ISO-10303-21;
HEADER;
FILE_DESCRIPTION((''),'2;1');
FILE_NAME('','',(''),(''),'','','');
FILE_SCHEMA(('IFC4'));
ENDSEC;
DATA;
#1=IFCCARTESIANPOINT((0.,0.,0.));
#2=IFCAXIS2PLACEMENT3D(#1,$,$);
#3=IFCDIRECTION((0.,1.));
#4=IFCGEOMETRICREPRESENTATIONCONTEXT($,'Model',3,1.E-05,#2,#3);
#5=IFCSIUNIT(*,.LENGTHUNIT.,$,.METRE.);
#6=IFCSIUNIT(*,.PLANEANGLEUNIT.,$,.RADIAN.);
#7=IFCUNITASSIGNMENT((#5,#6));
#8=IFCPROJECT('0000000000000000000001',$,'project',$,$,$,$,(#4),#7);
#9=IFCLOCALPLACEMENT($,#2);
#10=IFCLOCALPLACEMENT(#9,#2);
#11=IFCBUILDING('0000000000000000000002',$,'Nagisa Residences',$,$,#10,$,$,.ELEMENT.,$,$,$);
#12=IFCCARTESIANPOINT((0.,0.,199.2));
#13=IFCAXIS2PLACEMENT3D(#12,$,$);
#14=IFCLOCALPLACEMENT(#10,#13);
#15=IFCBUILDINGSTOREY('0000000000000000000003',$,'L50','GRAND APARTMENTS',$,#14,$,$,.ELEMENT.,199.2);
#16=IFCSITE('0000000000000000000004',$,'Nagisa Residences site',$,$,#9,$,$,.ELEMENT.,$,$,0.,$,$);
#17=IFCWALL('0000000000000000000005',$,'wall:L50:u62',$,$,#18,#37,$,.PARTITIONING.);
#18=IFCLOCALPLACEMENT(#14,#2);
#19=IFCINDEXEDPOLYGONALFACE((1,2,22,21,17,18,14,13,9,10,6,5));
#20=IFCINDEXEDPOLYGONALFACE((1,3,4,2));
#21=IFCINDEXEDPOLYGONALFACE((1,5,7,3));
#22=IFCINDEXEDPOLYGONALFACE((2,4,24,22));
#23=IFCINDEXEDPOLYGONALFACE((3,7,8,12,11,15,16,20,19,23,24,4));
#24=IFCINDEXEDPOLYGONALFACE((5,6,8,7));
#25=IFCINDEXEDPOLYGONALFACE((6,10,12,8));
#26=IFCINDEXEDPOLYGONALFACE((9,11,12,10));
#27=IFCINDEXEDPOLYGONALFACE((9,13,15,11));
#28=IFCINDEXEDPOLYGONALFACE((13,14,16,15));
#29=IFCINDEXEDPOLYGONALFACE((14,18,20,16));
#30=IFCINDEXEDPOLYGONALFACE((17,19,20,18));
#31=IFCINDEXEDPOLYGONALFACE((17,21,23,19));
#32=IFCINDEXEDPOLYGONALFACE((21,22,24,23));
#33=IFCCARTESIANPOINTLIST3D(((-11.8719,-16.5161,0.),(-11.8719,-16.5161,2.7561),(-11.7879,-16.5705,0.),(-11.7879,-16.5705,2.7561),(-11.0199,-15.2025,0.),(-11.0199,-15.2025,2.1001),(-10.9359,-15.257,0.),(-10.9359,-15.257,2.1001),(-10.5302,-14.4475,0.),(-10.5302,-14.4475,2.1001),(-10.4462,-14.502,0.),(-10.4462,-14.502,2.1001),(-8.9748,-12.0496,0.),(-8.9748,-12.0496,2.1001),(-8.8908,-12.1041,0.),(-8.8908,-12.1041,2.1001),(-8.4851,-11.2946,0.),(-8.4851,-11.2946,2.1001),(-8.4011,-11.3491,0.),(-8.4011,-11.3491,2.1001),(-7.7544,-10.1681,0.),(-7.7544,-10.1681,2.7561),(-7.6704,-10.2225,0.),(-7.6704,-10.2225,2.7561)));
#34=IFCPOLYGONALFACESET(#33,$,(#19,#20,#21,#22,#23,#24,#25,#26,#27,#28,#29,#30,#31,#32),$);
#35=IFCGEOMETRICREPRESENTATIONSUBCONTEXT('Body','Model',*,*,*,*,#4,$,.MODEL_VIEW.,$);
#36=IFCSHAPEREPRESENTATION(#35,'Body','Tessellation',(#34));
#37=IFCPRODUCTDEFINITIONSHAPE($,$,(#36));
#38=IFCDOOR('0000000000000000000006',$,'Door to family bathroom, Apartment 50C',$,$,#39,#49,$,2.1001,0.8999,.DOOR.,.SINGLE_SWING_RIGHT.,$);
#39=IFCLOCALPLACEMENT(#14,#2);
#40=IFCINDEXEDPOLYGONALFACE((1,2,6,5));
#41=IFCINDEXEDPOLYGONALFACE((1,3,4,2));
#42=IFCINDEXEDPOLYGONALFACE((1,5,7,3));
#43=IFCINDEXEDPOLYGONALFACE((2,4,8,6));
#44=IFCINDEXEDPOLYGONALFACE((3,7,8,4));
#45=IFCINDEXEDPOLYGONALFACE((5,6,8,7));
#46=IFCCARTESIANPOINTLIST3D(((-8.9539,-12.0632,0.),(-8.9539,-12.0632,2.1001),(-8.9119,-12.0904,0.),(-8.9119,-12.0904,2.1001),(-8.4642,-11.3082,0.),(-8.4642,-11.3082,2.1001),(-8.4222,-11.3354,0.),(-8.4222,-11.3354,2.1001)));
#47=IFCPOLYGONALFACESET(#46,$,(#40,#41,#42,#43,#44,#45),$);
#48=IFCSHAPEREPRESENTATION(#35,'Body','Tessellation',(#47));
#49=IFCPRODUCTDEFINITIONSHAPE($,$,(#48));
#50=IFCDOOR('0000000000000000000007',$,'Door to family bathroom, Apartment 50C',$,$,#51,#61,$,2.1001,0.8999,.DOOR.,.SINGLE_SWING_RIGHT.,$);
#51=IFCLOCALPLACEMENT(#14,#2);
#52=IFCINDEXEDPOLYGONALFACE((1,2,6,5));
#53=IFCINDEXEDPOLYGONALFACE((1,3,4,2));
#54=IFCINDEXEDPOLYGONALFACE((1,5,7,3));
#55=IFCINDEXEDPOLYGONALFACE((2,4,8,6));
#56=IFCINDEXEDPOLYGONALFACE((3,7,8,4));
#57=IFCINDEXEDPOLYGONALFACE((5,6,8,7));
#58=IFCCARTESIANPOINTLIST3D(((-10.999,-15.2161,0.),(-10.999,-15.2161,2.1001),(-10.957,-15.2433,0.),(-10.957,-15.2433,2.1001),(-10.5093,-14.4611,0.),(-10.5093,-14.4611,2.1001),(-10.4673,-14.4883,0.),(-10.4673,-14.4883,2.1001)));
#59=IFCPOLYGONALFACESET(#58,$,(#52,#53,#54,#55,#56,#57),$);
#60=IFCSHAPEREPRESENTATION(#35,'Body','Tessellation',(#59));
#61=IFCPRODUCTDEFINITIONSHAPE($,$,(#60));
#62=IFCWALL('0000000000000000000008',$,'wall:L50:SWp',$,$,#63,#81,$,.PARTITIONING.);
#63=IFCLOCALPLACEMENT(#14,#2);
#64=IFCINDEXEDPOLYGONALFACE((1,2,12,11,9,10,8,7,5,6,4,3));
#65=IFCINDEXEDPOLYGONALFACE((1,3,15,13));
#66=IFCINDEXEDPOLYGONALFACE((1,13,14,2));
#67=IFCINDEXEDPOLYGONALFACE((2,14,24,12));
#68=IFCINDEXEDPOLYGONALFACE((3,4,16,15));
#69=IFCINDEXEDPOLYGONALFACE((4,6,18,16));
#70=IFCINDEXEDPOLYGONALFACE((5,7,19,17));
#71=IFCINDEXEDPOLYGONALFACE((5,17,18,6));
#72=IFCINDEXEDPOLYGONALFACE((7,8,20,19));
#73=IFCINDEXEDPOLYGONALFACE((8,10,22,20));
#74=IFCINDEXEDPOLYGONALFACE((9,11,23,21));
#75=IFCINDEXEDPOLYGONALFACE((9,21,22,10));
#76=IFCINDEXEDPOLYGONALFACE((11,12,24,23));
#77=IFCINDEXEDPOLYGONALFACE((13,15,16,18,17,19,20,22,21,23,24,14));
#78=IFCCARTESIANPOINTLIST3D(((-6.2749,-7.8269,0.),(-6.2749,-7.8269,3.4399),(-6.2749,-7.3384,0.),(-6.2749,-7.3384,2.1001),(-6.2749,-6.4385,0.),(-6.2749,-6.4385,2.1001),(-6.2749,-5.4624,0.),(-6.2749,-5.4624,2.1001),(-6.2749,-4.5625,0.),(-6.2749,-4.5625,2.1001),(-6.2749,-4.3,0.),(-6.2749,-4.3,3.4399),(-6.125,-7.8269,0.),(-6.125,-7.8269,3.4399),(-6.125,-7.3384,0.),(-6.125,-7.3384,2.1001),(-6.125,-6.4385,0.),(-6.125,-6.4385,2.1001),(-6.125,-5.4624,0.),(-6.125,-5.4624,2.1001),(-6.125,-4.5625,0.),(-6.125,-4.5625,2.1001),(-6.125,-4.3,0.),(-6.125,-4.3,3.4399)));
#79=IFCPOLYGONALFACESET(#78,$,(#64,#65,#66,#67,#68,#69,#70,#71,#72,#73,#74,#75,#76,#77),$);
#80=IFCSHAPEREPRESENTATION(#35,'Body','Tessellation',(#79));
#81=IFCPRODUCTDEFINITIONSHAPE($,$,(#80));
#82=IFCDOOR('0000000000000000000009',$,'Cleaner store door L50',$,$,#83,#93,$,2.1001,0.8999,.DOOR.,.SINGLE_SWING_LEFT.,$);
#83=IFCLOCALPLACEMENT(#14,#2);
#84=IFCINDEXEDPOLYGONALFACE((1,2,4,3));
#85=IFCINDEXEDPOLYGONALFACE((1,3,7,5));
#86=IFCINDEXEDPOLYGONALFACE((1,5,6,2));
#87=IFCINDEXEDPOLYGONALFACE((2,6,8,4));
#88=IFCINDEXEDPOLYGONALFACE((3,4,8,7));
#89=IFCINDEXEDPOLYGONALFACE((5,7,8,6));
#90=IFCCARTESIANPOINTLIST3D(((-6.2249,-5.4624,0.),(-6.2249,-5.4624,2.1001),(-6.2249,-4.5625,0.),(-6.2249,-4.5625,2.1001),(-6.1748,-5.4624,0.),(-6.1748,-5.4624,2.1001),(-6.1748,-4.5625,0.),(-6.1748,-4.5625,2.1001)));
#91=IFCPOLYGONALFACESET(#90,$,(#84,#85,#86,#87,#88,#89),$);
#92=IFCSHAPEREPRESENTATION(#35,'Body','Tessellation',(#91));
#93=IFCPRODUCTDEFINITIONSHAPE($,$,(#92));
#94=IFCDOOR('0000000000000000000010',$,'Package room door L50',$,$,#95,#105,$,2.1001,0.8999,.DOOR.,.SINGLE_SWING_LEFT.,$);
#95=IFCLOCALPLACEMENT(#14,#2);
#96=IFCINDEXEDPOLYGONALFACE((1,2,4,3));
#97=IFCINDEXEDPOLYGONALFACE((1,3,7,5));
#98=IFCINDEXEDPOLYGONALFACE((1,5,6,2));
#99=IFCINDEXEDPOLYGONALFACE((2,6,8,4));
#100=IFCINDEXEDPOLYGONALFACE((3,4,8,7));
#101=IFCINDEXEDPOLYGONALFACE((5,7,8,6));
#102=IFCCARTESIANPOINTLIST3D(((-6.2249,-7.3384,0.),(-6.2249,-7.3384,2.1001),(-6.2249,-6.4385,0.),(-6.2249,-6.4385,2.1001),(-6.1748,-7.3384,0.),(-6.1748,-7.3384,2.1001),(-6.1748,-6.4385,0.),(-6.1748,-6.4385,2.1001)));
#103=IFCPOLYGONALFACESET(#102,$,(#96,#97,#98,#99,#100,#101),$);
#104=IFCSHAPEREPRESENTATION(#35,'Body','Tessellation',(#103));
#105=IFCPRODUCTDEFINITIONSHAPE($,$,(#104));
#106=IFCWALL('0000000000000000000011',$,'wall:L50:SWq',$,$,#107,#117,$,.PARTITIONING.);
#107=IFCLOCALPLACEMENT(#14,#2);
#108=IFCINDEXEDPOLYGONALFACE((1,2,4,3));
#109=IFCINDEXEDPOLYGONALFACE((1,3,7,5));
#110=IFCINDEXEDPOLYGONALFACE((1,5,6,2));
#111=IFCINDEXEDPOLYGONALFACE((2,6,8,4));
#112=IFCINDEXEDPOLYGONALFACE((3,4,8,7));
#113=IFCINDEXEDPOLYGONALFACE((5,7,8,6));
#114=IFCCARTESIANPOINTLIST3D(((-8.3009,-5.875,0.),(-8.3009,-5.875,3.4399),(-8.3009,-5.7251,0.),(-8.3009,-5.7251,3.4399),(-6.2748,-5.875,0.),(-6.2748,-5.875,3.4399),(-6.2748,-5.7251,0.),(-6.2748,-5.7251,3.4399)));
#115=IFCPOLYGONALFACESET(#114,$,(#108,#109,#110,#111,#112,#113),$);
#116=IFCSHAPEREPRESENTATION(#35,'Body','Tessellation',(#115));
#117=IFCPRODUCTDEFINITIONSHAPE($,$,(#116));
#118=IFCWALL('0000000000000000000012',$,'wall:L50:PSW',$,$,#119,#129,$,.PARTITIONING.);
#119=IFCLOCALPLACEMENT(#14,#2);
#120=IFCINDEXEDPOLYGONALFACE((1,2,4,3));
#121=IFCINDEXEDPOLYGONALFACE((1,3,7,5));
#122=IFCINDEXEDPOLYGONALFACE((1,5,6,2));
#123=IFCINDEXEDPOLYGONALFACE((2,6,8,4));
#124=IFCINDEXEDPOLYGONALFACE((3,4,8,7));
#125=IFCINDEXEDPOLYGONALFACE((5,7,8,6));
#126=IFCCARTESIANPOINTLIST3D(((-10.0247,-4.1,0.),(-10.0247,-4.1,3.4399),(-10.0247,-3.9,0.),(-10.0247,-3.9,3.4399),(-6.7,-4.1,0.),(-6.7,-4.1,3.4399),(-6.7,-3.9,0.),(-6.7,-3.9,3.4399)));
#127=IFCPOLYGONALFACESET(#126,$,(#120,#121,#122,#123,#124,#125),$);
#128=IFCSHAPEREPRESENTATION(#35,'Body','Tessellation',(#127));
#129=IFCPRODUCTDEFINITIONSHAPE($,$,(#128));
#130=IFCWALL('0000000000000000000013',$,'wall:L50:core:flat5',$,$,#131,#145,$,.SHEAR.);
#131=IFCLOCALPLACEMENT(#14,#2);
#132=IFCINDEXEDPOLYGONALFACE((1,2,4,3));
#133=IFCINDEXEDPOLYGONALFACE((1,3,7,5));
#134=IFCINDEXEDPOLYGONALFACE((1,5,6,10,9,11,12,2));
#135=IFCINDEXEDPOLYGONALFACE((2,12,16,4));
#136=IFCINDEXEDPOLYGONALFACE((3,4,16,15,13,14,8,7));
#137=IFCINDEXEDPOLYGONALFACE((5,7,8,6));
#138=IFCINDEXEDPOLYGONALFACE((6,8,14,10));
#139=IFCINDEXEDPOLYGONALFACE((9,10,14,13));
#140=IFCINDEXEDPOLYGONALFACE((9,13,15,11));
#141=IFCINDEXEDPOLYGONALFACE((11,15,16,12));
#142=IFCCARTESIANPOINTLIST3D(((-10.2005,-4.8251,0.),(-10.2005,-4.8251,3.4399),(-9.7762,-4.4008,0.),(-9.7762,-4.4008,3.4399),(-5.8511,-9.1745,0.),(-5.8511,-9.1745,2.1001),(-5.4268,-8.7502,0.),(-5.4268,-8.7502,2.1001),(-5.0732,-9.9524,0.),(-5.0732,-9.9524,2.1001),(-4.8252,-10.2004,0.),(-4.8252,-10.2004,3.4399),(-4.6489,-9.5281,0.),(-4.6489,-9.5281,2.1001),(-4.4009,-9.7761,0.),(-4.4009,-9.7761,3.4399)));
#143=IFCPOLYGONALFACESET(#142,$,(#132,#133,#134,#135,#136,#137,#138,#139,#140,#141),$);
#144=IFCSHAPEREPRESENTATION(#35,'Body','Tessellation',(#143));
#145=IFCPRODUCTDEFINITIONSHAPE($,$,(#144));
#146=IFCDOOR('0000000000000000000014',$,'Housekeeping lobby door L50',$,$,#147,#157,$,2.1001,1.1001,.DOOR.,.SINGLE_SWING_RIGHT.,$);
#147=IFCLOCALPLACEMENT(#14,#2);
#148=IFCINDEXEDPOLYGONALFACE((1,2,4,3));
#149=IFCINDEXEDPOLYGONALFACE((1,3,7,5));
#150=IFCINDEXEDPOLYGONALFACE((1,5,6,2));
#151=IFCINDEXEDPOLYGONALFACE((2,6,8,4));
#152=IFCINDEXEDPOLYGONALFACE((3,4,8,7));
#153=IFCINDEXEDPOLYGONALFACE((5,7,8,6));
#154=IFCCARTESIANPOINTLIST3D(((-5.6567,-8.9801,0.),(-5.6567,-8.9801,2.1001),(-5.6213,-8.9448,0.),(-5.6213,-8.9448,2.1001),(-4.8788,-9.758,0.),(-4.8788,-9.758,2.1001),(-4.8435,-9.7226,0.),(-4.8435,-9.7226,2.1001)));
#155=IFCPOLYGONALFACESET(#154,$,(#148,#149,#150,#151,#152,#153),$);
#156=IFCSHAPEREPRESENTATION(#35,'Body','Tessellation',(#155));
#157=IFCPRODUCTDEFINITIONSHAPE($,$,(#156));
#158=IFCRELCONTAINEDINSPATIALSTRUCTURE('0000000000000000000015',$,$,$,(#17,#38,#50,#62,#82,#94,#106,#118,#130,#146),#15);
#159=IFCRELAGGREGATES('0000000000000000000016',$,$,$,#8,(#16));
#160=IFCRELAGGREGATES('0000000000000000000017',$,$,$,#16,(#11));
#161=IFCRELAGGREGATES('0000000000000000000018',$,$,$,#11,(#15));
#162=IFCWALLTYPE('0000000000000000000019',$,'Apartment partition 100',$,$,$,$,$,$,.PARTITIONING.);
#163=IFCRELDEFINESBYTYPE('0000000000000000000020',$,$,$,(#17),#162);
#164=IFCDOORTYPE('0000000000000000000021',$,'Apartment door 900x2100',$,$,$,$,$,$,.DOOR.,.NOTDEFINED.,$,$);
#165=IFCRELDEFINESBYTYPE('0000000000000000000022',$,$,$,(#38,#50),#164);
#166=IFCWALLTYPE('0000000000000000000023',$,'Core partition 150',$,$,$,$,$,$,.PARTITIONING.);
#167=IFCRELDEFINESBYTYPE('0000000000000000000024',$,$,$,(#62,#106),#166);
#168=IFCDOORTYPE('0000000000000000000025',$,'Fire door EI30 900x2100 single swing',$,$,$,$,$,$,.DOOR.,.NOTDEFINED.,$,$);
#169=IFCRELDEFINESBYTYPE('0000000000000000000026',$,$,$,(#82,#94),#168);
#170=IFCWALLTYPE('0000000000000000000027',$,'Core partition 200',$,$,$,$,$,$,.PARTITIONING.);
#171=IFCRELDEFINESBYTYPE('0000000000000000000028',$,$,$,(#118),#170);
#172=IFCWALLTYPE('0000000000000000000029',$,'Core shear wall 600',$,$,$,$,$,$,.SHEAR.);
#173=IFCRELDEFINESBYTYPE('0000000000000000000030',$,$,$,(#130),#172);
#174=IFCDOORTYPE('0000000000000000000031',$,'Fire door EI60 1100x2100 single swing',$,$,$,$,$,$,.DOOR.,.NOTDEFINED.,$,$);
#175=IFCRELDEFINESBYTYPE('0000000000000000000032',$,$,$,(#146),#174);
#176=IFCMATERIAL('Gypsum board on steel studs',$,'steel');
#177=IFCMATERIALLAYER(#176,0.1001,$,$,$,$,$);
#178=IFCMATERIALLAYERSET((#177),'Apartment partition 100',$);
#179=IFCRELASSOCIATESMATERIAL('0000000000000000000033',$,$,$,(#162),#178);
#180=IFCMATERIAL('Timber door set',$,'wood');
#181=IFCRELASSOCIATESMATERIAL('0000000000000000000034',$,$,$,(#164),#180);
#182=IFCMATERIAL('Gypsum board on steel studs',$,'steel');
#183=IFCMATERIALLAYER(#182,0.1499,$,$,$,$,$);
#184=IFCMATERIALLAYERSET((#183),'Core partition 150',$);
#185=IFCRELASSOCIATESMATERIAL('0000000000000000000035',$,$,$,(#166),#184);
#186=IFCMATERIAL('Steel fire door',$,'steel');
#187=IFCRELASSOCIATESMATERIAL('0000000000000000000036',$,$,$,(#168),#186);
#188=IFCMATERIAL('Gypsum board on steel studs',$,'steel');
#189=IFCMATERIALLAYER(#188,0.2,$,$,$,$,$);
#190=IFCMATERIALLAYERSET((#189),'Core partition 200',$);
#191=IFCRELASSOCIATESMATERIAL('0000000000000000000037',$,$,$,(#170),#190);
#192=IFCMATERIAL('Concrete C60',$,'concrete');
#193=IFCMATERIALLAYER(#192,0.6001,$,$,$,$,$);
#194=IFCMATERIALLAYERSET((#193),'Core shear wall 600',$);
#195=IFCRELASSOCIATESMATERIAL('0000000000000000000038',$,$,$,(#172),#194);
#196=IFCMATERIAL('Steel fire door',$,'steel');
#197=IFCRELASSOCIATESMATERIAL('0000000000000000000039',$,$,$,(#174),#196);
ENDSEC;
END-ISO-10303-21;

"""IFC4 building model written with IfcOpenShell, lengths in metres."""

from ifc_helpers import new_model, si_unit, direction, frame, frame_2d, origin, place, context, subcontext, project, spatial, rectangle, extrude, material, layer, layer_set, type_object, element, fill, save


model = new_model("IFC4")

# Units and contexts
model_context = context("Model", 3, precision=1e-05, world=origin(), true_north=direction((0.0, 1.0)))
body_context = subcontext(model_context, "Body", "Model", "MODEL_VIEW")
ifc_project = project(units=[si_unit("LENGTHUNIT", "METRE"), si_unit("PLANEANGLEUNIT", "RADIAN")], contexts=[model_context])

# Site, building, storey
site_placement = place(None, origin())
site = spatial("IfcSite", under=ifc_project, at=site_placement, Name="Nagisa Residences site", CompositionType="ELEMENT", RefElevation=0.0)
building_placement = place(site_placement, origin())
building = spatial("IfcBuilding", under=site, at=building_placement, Name="Nagisa Residences", CompositionType="ELEMENT")
storey_placement = place(building_placement, frame((0.0, 0.0, 199.2)))
storey = spatial("IfcBuildingStorey", under=building, at=storey_placement, Name="L50", Description="GRAND APARTMENTS", CompositionType="ELEMENT", Elevation=199.2)

# Walls, openings, doors
ifc_material_1 = material(Name="Gypsum board on steel studs", Category="steel")
ifc_layer_1 = layer(ifc_material_1, 0.1001)
ifc_layer_set_1 = layer_set([ifc_layer_1], Name="Apartment partition 100")
wall_type_1 = type_object("IfcWallType", Name="Apartment partition 100", PredefinedType="PARTITIONING", material=ifc_layer_set_1)
wall_1_placement = place(storey_placement, frame((-7.7124, -10.1953, 0.0), z_axis=(0.0, 0.0, 1.0), x_axis=(-0.544179, -0.838969, 0.0)))
wall_1 = element("IfcWall", 1, at=wall_1_placement, inside=storey, type_object=wall_type_1, Name="wall:L50:u62", PredefinedType="PARTITIONING", context=body_context, shape_type="SweptSolid", body=[
    extrude(rectangle(XDim=7.5664, YDim=0.1001, at=frame_2d((3.7832, 0.0))), origin(), (0.0, 0.0, 1.0), 2.7561),
])
opening_1_placement = place(wall_1_placement, frame((1.3428, 0.0, 0.0)))
opening_1 = element("IfcOpeningElement", 2, at=opening_1_placement, cuts=wall_1, PredefinedType="OPENING", context=body_context, shape_type="SweptSolid", body=[
    extrude(rectangle(XDim=0.8999, YDim=2.1001, at=frame_2d((0.45, 1.05))), frame((0.0, 0.0601, 0.0), z_axis=(0.0, -1.0, 0.0), x_axis=(1.0, 0.0, 0.0)), (0.0, 0.0, 1.0), 0.1201),
])
opening_2_placement = place(wall_1_placement, frame((5.1008, 0.0, 0.0)))
opening_2 = element("IfcOpeningElement", 3, at=opening_2_placement, cuts=wall_1, PredefinedType="OPENING", context=body_context, shape_type="SweptSolid", body=[
    extrude(rectangle(XDim=0.8999, YDim=2.1001, at=frame_2d((0.45, 1.05))), frame((0.0, 0.0601, 0.0), z_axis=(0.0, -1.0, 0.0), x_axis=(1.0, 0.0, 0.0)), (0.0, 0.0, 1.0), 0.1201),
])
ifc_material_2 = material(Name="Timber door set", Category="wood")
door_type_1 = type_object("IfcDoorType", Name="Apartment door 900x2100", OperationType="NOTDEFINED", PredefinedType="DOOR", material=ifc_material_2)
door_1_placement = place(opening_1_placement, origin())
door_1 = element("IfcDoor", 4, at=door_1_placement, inside=storey, type_object=door_type_1, Name="Door to family bathroom, Apartment 50C", OperationType="SINGLE_SWING_RIGHT", OverallHeight=2.1001, OverallWidth=0.8999, PredefinedType="DOOR", context=body_context, shape_type="SweptSolid", body=[
    extrude(rectangle(XDim=0.8999, YDim=2.1001, at=frame_2d((0.45, 1.05))), frame((0.0, 0.0249, 0.0), z_axis=(0.0, -1.0, 0.0), x_axis=(1.0, 0.0, 0.0)), (0.0, 0.0, 1.0), 0.05),
])
fill(opening_1, door_1)
door_2_placement = place(opening_2_placement, origin())
door_2 = element("IfcDoor", 5, at=door_2_placement, inside=storey, type_object=door_type_1, Name="Door to family bathroom, Apartment 50C", OperationType="SINGLE_SWING_RIGHT", OverallHeight=2.1001, OverallWidth=0.8999, PredefinedType="DOOR", context=body_context, shape_type="SweptSolid", body=[
    extrude(rectangle(XDim=0.8999, YDim=2.1001, at=frame_2d((0.45, 1.05))), frame((0.0, 0.0249, 0.0), z_axis=(0.0, -1.0, 0.0), x_axis=(1.0, 0.0, 0.0)), (0.0, 0.0, 1.0), 0.05),
])
fill(opening_2, door_2)
ifc_material_3 = material(Name="Gypsum board on steel studs", Category="steel")
ifc_layer_2 = layer(ifc_material_3, 0.1499)
ifc_layer_set_2 = layer_set([ifc_layer_2], Name="Core partition 150")
wall_type_2 = type_object("IfcWallType", Name="Core partition 150", PredefinedType="PARTITIONING", material=ifc_layer_set_2)
wall_2_placement = place(storey_placement, frame((-6.2, -7.8269, 0.0), z_axis=(0.0, 0.0, 1.0), x_axis=(0.0, 1.0, 0.0)))
wall_2 = element("IfcWall", 6, at=wall_2_placement, inside=storey, type_object=wall_type_2, Name="wall:L50:SWp", PredefinedType="PARTITIONING", context=body_context, shape_type="SweptSolid", body=[
    extrude(rectangle(XDim=3.5269, YDim=0.1499, at=frame_2d((1.7634, 0.0))), origin(), (0.0, 0.0, 1.0), 3.4399),
])
opening_3_placement = place(wall_2_placement, frame((2.3645, 0.0, 0.0)))
opening_3 = element("IfcOpeningElement", 7, at=opening_3_placement, cuts=wall_2, PredefinedType="OPENING", context=body_context, shape_type="SweptSolid", body=[
    extrude(rectangle(XDim=0.8999, YDim=2.1001, at=frame_2d((0.45, 1.05))), frame((0.0, 0.085, 0.0), z_axis=(0.0, -1.0, 0.0), x_axis=(1.0, 0.0, 0.0)), (0.0, 0.0, 1.0), 0.1699),
])
opening_4_placement = place(wall_2_placement, frame((0.4885, 0.0, 0.0)))
opening_4 = element("IfcOpeningElement", 8, at=opening_4_placement, cuts=wall_2, PredefinedType="OPENING", context=body_context, shape_type="SweptSolid", body=[
    extrude(rectangle(XDim=0.8999, YDim=2.1001, at=frame_2d((0.45, 1.05))), frame((0.0, 0.085, 0.0), z_axis=(0.0, -1.0, 0.0), x_axis=(1.0, 0.0, 0.0)), (0.0, 0.0, 1.0), 0.1699),
])
ifc_material_4 = material(Name="Steel fire door", Category="steel")
door_type_2 = type_object("IfcDoorType", Name="Fire door EI30 900x2100 single swing", OperationType="NOTDEFINED", PredefinedType="DOOR", material=ifc_material_4)
door_3_placement = place(opening_3_placement, origin())
door_3 = element("IfcDoor", 9, at=door_3_placement, inside=storey, type_object=door_type_2, Name="Cleaner store door L50", OperationType="SINGLE_SWING_LEFT", OverallHeight=2.1001, OverallWidth=0.8999, PredefinedType="DOOR", context=body_context, shape_type="SweptSolid", body=[
    extrude(rectangle(XDim=0.8999, YDim=2.1001, at=frame_2d((0.45, 1.05))), frame((0.0, 0.0249, 0.0), z_axis=(0.0, -1.0, 0.0), x_axis=(1.0, 0.0, 0.0)), (0.0, 0.0, 1.0), 0.05),
])
fill(opening_3, door_3)
door_4_placement = place(opening_4_placement, origin())
door_4 = element("IfcDoor", 10, at=door_4_placement, inside=storey, type_object=door_type_2, Name="Package room door L50", OperationType="SINGLE_SWING_LEFT", OverallHeight=2.1001, OverallWidth=0.8999, PredefinedType="DOOR", context=body_context, shape_type="SweptSolid", body=[
    extrude(rectangle(XDim=0.8999, YDim=2.1001, at=frame_2d((0.45, 1.05))), frame((0.0, 0.0249, 0.0), z_axis=(0.0, -1.0, 0.0), x_axis=(1.0, 0.0, 0.0)), (0.0, 0.0, 1.0), 0.05),
])
fill(opening_4, door_4)

# Walls
wall_3_placement = place(storey_placement, frame((-8.301, -5.8, 0.0), z_axis=(0.0, 0.0, 1.0), x_axis=(1.0, 0.0, 0.0)))
element("IfcWall", 11, at=wall_3_placement, inside=storey, type_object=wall_type_2, Name="wall:L50:SWq", PredefinedType="PARTITIONING", context=body_context, shape_type="SweptSolid", body=[
    extrude(rectangle(XDim=2.0261, YDim=0.1499, at=frame_2d((1.0132, 0.0))), origin(), (0.0, 0.0, 1.0), 3.4399),
])
ifc_material_5 = material(Name="Gypsum board on steel studs", Category="steel")
ifc_layer_3 = layer(ifc_material_5, 0.2)
ifc_layer_set_3 = layer_set([ifc_layer_3], Name="Core partition 200")
wall_type_3 = type_object("IfcWallType", Name="Core partition 200", PredefinedType="PARTITIONING", material=ifc_layer_set_3)
wall_4_placement = place(storey_placement, frame((-10.0247, -4.0, 0.0), z_axis=(0.0, 0.0, 1.0), x_axis=(1.0, 0.0, 0.0)))
element("IfcWall", 12, at=wall_4_placement, inside=storey, type_object=wall_type_3, Name="wall:L50:PSW", PredefinedType="PARTITIONING", context=body_context, shape_type="SweptSolid", body=[
    extrude(rectangle(XDim=3.3247, YDim=0.2, at=frame_2d((1.6624, 0.0))), origin(), (0.0, 0.0, 1.0), 3.4399),
])

# Wall, opening, door
ifc_material_6 = material(Name="Concrete C60", Category="concrete")
ifc_layer_4 = layer(ifc_material_6, 0.6001)
ifc_layer_set_4 = layer_set([ifc_layer_4], Name="Core shear wall 600")
wall_type_4 = type_object("IfcWallType", Name="Core shear wall 600", PredefinedType="SHEAR", material=ifc_layer_set_4)
wall_5_placement = place(storey_placement, frame((-9.9883, -4.613, 0.0), z_axis=(0.0, 0.0, 1.0), x_axis=(0.707107, -0.707107, 0.0)))
wall_5 = element("IfcWall", 13, at=wall_5_placement, inside=storey, type_object=wall_type_4, Name="wall:L50:core:flat5", PredefinedType="SHEAR", context=body_context, shape_type="SweptSolid", body=[
    extrude(rectangle(XDim=7.6018, YDim=0.6001, at=frame_2d((3.8008, 0.0))), origin(), (0.0, 0.0, 1.0), 3.4399),
])
opening_5_placement = place(wall_5_placement, frame((6.1509, 0.0, 0.0)))
opening_5 = element("IfcOpeningElement", 14, at=opening_5_placement, cuts=wall_5, PredefinedType="OPENING", context=body_context, shape_type="SweptSolid", body=[
    extrude(rectangle(XDim=1.1001, YDim=2.1001, at=frame_2d((0.55, 1.05))), frame((0.0, 0.3101, 0.0), z_axis=(0.0, -1.0, 0.0), x_axis=(1.0, 0.0, 0.0)), (0.0, 0.0, 1.0), 0.6201),
])
ifc_material_7 = material(Name="Steel fire door", Category="steel")
door_type_3 = type_object("IfcDoorType", Name="Fire door EI60 1100x2100 single swing", OperationType="NOTDEFINED", PredefinedType="DOOR", material=ifc_material_7)
door_5_placement = place(opening_5_placement, origin())
door_5 = element("IfcDoor", 15, at=door_5_placement, inside=storey, type_object=door_type_3, Name="Housekeeping lobby door L50", OperationType="SINGLE_SWING_RIGHT", OverallHeight=2.1001, OverallWidth=1.1001, PredefinedType="DOOR", context=body_context, shape_type="SweptSolid", body=[
    extrude(rectangle(XDim=1.1001, YDim=2.1001, at=frame_2d((0.55, 1.05))), frame((0.0, 0.0249, 0.0), z_axis=(0.0, -1.0, 0.0), x_axis=(1.0, 0.0, 0.0)), (0.0, 0.0, 1.0), 0.05),
])
fill(opening_5, door_5)

save(model, "model.ifc")
